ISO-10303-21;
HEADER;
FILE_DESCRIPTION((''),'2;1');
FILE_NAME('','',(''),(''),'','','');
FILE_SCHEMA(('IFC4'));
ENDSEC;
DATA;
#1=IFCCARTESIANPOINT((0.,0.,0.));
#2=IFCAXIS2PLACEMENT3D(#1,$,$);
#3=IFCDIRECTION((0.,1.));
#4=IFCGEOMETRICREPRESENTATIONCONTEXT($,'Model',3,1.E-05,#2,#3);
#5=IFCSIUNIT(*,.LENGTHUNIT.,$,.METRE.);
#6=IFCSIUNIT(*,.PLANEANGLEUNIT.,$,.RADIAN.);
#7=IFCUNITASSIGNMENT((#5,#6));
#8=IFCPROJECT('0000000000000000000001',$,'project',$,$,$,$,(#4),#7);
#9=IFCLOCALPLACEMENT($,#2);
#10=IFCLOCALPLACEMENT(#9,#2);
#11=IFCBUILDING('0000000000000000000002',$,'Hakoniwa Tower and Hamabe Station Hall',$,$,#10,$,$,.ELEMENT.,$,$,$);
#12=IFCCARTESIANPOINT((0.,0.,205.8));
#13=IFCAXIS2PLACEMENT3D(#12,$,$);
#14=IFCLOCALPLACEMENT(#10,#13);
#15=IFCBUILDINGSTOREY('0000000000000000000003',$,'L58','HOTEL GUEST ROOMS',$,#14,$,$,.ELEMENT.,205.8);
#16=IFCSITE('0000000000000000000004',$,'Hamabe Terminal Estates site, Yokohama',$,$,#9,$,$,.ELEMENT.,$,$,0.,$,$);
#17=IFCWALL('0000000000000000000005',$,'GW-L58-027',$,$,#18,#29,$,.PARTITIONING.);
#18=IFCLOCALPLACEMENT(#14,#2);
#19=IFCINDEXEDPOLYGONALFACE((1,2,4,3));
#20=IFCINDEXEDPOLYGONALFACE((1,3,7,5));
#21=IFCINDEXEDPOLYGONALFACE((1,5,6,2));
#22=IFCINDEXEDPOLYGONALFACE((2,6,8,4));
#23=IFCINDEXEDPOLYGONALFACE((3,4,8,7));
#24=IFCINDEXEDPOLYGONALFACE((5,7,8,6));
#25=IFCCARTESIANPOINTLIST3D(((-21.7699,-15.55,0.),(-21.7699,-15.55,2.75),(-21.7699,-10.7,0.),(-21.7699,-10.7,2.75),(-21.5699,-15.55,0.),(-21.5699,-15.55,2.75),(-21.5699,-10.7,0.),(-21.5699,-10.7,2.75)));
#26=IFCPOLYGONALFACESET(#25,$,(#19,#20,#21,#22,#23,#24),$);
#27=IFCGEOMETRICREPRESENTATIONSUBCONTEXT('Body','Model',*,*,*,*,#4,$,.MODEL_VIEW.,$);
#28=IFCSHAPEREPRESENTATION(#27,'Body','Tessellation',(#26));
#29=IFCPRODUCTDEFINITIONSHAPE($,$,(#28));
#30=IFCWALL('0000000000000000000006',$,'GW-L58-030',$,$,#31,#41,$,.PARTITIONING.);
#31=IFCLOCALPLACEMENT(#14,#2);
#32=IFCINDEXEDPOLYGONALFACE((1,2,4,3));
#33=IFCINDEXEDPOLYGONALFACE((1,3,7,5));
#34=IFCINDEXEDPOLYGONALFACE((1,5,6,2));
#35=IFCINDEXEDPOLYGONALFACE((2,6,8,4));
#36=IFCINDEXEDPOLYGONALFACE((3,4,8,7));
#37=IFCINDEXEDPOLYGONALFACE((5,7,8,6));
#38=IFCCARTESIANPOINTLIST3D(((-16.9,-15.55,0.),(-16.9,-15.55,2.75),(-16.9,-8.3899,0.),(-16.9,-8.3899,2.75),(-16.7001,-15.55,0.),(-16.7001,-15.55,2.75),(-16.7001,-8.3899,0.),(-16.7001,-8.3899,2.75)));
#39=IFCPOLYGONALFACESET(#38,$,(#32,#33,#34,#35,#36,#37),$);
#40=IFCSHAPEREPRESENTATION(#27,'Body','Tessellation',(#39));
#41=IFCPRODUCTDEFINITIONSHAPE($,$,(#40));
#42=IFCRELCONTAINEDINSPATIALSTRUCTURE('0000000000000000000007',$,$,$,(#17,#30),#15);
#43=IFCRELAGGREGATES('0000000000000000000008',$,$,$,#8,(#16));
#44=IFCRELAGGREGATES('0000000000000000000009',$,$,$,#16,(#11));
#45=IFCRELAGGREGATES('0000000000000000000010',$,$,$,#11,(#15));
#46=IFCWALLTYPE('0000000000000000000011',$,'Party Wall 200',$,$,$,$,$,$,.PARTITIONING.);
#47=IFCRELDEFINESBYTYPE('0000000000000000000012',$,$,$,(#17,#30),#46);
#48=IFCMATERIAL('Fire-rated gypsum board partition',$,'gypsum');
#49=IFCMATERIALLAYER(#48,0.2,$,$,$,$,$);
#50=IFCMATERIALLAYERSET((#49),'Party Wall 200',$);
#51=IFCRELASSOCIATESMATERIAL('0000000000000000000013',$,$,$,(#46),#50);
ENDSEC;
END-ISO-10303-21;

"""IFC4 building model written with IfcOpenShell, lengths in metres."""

from ifc_helpers import new_model, si_unit, direction, frame, frame_2d, origin, place, context, subcontext, project, spatial, rectangle, extrude, material, layer, layer_set, type_object, element, save


model = new_model("IFC4")

# Units and contexts
model_context = context("Model", 3, precision=1e-05, world=origin(), true_north=direction((0.0, 1.0)))
body_context = subcontext(model_context, "Body", "Model", "MODEL_VIEW")
ifc_project = project(units=[si_unit("LENGTHUNIT", "METRE"), si_unit("PLANEANGLEUNIT", "RADIAN")], contexts=[model_context])

# Site, building, storey
site_placement = place(None, origin())
site = spatial("IfcSite", under=ifc_project, at=site_placement, Name="Hamabe Terminal Estates site, Yokohama", CompositionType="ELEMENT", RefElevation=0.0)
building_placement = place(site_placement, origin())
building = spatial("IfcBuilding", under=site, at=building_placement, Name="Hakoniwa Tower and Hamabe Station Hall", CompositionType="ELEMENT")
storey_placement = place(building_placement, frame((0.0, 0.0, 205.8)))
storey = spatial("IfcBuildingStorey", under=building, at=storey_placement, Name="L58", Description="HOTEL GUEST ROOMS", CompositionType="ELEMENT", Elevation=205.8)

# Walls
ifc_material_1 = material(Name="Fire-rated gypsum board partition", Category="gypsum")
ifc_layer_1 = layer(ifc_material_1, 0.2)
ifc_layer_set_1 = layer_set([ifc_layer_1], Name="Party Wall 200")
wall_type_1 = type_object("IfcWallType", Name="Party Wall 200", PredefinedType="PARTITIONING", material=ifc_layer_set_1)
wall_1_placement = place(storey_placement, frame((-21.6699, -15.55, 0.0), z_axis=(0.0, 0.0, 1.0), x_axis=(0.0, 1.0, 0.0)))
element("IfcWall", 1, at=wall_1_placement, inside=storey, type_object=wall_type_1, Name="GW-L58-027", PredefinedType="PARTITIONING", context=body_context, shape_type="SweptSolid", body=[
    extrude(rectangle(XDim=4.8501, YDim=0.2, at=frame_2d((2.425, 0.0))), origin(), (0.0, 0.0, 1.0), 2.75),
])
wall_2_placement = place(storey_placement, frame((-16.8, -15.55, 0.0), z_axis=(0.0, 0.0, 1.0), x_axis=(0.0, 1.0, 0.0)))
element("IfcWall", 2, at=wall_2_placement, inside=storey, type_object=wall_type_1, Name="GW-L58-030", PredefinedType="PARTITIONING", context=body_context, shape_type="SweptSolid", body=[
    extrude(rectangle(XDim=7.1602, YDim=0.2, at=frame_2d((3.5801, 0.0))), origin(), (0.0, 0.0, 1.0), 2.75),
])

save(model, "model.ifc")
